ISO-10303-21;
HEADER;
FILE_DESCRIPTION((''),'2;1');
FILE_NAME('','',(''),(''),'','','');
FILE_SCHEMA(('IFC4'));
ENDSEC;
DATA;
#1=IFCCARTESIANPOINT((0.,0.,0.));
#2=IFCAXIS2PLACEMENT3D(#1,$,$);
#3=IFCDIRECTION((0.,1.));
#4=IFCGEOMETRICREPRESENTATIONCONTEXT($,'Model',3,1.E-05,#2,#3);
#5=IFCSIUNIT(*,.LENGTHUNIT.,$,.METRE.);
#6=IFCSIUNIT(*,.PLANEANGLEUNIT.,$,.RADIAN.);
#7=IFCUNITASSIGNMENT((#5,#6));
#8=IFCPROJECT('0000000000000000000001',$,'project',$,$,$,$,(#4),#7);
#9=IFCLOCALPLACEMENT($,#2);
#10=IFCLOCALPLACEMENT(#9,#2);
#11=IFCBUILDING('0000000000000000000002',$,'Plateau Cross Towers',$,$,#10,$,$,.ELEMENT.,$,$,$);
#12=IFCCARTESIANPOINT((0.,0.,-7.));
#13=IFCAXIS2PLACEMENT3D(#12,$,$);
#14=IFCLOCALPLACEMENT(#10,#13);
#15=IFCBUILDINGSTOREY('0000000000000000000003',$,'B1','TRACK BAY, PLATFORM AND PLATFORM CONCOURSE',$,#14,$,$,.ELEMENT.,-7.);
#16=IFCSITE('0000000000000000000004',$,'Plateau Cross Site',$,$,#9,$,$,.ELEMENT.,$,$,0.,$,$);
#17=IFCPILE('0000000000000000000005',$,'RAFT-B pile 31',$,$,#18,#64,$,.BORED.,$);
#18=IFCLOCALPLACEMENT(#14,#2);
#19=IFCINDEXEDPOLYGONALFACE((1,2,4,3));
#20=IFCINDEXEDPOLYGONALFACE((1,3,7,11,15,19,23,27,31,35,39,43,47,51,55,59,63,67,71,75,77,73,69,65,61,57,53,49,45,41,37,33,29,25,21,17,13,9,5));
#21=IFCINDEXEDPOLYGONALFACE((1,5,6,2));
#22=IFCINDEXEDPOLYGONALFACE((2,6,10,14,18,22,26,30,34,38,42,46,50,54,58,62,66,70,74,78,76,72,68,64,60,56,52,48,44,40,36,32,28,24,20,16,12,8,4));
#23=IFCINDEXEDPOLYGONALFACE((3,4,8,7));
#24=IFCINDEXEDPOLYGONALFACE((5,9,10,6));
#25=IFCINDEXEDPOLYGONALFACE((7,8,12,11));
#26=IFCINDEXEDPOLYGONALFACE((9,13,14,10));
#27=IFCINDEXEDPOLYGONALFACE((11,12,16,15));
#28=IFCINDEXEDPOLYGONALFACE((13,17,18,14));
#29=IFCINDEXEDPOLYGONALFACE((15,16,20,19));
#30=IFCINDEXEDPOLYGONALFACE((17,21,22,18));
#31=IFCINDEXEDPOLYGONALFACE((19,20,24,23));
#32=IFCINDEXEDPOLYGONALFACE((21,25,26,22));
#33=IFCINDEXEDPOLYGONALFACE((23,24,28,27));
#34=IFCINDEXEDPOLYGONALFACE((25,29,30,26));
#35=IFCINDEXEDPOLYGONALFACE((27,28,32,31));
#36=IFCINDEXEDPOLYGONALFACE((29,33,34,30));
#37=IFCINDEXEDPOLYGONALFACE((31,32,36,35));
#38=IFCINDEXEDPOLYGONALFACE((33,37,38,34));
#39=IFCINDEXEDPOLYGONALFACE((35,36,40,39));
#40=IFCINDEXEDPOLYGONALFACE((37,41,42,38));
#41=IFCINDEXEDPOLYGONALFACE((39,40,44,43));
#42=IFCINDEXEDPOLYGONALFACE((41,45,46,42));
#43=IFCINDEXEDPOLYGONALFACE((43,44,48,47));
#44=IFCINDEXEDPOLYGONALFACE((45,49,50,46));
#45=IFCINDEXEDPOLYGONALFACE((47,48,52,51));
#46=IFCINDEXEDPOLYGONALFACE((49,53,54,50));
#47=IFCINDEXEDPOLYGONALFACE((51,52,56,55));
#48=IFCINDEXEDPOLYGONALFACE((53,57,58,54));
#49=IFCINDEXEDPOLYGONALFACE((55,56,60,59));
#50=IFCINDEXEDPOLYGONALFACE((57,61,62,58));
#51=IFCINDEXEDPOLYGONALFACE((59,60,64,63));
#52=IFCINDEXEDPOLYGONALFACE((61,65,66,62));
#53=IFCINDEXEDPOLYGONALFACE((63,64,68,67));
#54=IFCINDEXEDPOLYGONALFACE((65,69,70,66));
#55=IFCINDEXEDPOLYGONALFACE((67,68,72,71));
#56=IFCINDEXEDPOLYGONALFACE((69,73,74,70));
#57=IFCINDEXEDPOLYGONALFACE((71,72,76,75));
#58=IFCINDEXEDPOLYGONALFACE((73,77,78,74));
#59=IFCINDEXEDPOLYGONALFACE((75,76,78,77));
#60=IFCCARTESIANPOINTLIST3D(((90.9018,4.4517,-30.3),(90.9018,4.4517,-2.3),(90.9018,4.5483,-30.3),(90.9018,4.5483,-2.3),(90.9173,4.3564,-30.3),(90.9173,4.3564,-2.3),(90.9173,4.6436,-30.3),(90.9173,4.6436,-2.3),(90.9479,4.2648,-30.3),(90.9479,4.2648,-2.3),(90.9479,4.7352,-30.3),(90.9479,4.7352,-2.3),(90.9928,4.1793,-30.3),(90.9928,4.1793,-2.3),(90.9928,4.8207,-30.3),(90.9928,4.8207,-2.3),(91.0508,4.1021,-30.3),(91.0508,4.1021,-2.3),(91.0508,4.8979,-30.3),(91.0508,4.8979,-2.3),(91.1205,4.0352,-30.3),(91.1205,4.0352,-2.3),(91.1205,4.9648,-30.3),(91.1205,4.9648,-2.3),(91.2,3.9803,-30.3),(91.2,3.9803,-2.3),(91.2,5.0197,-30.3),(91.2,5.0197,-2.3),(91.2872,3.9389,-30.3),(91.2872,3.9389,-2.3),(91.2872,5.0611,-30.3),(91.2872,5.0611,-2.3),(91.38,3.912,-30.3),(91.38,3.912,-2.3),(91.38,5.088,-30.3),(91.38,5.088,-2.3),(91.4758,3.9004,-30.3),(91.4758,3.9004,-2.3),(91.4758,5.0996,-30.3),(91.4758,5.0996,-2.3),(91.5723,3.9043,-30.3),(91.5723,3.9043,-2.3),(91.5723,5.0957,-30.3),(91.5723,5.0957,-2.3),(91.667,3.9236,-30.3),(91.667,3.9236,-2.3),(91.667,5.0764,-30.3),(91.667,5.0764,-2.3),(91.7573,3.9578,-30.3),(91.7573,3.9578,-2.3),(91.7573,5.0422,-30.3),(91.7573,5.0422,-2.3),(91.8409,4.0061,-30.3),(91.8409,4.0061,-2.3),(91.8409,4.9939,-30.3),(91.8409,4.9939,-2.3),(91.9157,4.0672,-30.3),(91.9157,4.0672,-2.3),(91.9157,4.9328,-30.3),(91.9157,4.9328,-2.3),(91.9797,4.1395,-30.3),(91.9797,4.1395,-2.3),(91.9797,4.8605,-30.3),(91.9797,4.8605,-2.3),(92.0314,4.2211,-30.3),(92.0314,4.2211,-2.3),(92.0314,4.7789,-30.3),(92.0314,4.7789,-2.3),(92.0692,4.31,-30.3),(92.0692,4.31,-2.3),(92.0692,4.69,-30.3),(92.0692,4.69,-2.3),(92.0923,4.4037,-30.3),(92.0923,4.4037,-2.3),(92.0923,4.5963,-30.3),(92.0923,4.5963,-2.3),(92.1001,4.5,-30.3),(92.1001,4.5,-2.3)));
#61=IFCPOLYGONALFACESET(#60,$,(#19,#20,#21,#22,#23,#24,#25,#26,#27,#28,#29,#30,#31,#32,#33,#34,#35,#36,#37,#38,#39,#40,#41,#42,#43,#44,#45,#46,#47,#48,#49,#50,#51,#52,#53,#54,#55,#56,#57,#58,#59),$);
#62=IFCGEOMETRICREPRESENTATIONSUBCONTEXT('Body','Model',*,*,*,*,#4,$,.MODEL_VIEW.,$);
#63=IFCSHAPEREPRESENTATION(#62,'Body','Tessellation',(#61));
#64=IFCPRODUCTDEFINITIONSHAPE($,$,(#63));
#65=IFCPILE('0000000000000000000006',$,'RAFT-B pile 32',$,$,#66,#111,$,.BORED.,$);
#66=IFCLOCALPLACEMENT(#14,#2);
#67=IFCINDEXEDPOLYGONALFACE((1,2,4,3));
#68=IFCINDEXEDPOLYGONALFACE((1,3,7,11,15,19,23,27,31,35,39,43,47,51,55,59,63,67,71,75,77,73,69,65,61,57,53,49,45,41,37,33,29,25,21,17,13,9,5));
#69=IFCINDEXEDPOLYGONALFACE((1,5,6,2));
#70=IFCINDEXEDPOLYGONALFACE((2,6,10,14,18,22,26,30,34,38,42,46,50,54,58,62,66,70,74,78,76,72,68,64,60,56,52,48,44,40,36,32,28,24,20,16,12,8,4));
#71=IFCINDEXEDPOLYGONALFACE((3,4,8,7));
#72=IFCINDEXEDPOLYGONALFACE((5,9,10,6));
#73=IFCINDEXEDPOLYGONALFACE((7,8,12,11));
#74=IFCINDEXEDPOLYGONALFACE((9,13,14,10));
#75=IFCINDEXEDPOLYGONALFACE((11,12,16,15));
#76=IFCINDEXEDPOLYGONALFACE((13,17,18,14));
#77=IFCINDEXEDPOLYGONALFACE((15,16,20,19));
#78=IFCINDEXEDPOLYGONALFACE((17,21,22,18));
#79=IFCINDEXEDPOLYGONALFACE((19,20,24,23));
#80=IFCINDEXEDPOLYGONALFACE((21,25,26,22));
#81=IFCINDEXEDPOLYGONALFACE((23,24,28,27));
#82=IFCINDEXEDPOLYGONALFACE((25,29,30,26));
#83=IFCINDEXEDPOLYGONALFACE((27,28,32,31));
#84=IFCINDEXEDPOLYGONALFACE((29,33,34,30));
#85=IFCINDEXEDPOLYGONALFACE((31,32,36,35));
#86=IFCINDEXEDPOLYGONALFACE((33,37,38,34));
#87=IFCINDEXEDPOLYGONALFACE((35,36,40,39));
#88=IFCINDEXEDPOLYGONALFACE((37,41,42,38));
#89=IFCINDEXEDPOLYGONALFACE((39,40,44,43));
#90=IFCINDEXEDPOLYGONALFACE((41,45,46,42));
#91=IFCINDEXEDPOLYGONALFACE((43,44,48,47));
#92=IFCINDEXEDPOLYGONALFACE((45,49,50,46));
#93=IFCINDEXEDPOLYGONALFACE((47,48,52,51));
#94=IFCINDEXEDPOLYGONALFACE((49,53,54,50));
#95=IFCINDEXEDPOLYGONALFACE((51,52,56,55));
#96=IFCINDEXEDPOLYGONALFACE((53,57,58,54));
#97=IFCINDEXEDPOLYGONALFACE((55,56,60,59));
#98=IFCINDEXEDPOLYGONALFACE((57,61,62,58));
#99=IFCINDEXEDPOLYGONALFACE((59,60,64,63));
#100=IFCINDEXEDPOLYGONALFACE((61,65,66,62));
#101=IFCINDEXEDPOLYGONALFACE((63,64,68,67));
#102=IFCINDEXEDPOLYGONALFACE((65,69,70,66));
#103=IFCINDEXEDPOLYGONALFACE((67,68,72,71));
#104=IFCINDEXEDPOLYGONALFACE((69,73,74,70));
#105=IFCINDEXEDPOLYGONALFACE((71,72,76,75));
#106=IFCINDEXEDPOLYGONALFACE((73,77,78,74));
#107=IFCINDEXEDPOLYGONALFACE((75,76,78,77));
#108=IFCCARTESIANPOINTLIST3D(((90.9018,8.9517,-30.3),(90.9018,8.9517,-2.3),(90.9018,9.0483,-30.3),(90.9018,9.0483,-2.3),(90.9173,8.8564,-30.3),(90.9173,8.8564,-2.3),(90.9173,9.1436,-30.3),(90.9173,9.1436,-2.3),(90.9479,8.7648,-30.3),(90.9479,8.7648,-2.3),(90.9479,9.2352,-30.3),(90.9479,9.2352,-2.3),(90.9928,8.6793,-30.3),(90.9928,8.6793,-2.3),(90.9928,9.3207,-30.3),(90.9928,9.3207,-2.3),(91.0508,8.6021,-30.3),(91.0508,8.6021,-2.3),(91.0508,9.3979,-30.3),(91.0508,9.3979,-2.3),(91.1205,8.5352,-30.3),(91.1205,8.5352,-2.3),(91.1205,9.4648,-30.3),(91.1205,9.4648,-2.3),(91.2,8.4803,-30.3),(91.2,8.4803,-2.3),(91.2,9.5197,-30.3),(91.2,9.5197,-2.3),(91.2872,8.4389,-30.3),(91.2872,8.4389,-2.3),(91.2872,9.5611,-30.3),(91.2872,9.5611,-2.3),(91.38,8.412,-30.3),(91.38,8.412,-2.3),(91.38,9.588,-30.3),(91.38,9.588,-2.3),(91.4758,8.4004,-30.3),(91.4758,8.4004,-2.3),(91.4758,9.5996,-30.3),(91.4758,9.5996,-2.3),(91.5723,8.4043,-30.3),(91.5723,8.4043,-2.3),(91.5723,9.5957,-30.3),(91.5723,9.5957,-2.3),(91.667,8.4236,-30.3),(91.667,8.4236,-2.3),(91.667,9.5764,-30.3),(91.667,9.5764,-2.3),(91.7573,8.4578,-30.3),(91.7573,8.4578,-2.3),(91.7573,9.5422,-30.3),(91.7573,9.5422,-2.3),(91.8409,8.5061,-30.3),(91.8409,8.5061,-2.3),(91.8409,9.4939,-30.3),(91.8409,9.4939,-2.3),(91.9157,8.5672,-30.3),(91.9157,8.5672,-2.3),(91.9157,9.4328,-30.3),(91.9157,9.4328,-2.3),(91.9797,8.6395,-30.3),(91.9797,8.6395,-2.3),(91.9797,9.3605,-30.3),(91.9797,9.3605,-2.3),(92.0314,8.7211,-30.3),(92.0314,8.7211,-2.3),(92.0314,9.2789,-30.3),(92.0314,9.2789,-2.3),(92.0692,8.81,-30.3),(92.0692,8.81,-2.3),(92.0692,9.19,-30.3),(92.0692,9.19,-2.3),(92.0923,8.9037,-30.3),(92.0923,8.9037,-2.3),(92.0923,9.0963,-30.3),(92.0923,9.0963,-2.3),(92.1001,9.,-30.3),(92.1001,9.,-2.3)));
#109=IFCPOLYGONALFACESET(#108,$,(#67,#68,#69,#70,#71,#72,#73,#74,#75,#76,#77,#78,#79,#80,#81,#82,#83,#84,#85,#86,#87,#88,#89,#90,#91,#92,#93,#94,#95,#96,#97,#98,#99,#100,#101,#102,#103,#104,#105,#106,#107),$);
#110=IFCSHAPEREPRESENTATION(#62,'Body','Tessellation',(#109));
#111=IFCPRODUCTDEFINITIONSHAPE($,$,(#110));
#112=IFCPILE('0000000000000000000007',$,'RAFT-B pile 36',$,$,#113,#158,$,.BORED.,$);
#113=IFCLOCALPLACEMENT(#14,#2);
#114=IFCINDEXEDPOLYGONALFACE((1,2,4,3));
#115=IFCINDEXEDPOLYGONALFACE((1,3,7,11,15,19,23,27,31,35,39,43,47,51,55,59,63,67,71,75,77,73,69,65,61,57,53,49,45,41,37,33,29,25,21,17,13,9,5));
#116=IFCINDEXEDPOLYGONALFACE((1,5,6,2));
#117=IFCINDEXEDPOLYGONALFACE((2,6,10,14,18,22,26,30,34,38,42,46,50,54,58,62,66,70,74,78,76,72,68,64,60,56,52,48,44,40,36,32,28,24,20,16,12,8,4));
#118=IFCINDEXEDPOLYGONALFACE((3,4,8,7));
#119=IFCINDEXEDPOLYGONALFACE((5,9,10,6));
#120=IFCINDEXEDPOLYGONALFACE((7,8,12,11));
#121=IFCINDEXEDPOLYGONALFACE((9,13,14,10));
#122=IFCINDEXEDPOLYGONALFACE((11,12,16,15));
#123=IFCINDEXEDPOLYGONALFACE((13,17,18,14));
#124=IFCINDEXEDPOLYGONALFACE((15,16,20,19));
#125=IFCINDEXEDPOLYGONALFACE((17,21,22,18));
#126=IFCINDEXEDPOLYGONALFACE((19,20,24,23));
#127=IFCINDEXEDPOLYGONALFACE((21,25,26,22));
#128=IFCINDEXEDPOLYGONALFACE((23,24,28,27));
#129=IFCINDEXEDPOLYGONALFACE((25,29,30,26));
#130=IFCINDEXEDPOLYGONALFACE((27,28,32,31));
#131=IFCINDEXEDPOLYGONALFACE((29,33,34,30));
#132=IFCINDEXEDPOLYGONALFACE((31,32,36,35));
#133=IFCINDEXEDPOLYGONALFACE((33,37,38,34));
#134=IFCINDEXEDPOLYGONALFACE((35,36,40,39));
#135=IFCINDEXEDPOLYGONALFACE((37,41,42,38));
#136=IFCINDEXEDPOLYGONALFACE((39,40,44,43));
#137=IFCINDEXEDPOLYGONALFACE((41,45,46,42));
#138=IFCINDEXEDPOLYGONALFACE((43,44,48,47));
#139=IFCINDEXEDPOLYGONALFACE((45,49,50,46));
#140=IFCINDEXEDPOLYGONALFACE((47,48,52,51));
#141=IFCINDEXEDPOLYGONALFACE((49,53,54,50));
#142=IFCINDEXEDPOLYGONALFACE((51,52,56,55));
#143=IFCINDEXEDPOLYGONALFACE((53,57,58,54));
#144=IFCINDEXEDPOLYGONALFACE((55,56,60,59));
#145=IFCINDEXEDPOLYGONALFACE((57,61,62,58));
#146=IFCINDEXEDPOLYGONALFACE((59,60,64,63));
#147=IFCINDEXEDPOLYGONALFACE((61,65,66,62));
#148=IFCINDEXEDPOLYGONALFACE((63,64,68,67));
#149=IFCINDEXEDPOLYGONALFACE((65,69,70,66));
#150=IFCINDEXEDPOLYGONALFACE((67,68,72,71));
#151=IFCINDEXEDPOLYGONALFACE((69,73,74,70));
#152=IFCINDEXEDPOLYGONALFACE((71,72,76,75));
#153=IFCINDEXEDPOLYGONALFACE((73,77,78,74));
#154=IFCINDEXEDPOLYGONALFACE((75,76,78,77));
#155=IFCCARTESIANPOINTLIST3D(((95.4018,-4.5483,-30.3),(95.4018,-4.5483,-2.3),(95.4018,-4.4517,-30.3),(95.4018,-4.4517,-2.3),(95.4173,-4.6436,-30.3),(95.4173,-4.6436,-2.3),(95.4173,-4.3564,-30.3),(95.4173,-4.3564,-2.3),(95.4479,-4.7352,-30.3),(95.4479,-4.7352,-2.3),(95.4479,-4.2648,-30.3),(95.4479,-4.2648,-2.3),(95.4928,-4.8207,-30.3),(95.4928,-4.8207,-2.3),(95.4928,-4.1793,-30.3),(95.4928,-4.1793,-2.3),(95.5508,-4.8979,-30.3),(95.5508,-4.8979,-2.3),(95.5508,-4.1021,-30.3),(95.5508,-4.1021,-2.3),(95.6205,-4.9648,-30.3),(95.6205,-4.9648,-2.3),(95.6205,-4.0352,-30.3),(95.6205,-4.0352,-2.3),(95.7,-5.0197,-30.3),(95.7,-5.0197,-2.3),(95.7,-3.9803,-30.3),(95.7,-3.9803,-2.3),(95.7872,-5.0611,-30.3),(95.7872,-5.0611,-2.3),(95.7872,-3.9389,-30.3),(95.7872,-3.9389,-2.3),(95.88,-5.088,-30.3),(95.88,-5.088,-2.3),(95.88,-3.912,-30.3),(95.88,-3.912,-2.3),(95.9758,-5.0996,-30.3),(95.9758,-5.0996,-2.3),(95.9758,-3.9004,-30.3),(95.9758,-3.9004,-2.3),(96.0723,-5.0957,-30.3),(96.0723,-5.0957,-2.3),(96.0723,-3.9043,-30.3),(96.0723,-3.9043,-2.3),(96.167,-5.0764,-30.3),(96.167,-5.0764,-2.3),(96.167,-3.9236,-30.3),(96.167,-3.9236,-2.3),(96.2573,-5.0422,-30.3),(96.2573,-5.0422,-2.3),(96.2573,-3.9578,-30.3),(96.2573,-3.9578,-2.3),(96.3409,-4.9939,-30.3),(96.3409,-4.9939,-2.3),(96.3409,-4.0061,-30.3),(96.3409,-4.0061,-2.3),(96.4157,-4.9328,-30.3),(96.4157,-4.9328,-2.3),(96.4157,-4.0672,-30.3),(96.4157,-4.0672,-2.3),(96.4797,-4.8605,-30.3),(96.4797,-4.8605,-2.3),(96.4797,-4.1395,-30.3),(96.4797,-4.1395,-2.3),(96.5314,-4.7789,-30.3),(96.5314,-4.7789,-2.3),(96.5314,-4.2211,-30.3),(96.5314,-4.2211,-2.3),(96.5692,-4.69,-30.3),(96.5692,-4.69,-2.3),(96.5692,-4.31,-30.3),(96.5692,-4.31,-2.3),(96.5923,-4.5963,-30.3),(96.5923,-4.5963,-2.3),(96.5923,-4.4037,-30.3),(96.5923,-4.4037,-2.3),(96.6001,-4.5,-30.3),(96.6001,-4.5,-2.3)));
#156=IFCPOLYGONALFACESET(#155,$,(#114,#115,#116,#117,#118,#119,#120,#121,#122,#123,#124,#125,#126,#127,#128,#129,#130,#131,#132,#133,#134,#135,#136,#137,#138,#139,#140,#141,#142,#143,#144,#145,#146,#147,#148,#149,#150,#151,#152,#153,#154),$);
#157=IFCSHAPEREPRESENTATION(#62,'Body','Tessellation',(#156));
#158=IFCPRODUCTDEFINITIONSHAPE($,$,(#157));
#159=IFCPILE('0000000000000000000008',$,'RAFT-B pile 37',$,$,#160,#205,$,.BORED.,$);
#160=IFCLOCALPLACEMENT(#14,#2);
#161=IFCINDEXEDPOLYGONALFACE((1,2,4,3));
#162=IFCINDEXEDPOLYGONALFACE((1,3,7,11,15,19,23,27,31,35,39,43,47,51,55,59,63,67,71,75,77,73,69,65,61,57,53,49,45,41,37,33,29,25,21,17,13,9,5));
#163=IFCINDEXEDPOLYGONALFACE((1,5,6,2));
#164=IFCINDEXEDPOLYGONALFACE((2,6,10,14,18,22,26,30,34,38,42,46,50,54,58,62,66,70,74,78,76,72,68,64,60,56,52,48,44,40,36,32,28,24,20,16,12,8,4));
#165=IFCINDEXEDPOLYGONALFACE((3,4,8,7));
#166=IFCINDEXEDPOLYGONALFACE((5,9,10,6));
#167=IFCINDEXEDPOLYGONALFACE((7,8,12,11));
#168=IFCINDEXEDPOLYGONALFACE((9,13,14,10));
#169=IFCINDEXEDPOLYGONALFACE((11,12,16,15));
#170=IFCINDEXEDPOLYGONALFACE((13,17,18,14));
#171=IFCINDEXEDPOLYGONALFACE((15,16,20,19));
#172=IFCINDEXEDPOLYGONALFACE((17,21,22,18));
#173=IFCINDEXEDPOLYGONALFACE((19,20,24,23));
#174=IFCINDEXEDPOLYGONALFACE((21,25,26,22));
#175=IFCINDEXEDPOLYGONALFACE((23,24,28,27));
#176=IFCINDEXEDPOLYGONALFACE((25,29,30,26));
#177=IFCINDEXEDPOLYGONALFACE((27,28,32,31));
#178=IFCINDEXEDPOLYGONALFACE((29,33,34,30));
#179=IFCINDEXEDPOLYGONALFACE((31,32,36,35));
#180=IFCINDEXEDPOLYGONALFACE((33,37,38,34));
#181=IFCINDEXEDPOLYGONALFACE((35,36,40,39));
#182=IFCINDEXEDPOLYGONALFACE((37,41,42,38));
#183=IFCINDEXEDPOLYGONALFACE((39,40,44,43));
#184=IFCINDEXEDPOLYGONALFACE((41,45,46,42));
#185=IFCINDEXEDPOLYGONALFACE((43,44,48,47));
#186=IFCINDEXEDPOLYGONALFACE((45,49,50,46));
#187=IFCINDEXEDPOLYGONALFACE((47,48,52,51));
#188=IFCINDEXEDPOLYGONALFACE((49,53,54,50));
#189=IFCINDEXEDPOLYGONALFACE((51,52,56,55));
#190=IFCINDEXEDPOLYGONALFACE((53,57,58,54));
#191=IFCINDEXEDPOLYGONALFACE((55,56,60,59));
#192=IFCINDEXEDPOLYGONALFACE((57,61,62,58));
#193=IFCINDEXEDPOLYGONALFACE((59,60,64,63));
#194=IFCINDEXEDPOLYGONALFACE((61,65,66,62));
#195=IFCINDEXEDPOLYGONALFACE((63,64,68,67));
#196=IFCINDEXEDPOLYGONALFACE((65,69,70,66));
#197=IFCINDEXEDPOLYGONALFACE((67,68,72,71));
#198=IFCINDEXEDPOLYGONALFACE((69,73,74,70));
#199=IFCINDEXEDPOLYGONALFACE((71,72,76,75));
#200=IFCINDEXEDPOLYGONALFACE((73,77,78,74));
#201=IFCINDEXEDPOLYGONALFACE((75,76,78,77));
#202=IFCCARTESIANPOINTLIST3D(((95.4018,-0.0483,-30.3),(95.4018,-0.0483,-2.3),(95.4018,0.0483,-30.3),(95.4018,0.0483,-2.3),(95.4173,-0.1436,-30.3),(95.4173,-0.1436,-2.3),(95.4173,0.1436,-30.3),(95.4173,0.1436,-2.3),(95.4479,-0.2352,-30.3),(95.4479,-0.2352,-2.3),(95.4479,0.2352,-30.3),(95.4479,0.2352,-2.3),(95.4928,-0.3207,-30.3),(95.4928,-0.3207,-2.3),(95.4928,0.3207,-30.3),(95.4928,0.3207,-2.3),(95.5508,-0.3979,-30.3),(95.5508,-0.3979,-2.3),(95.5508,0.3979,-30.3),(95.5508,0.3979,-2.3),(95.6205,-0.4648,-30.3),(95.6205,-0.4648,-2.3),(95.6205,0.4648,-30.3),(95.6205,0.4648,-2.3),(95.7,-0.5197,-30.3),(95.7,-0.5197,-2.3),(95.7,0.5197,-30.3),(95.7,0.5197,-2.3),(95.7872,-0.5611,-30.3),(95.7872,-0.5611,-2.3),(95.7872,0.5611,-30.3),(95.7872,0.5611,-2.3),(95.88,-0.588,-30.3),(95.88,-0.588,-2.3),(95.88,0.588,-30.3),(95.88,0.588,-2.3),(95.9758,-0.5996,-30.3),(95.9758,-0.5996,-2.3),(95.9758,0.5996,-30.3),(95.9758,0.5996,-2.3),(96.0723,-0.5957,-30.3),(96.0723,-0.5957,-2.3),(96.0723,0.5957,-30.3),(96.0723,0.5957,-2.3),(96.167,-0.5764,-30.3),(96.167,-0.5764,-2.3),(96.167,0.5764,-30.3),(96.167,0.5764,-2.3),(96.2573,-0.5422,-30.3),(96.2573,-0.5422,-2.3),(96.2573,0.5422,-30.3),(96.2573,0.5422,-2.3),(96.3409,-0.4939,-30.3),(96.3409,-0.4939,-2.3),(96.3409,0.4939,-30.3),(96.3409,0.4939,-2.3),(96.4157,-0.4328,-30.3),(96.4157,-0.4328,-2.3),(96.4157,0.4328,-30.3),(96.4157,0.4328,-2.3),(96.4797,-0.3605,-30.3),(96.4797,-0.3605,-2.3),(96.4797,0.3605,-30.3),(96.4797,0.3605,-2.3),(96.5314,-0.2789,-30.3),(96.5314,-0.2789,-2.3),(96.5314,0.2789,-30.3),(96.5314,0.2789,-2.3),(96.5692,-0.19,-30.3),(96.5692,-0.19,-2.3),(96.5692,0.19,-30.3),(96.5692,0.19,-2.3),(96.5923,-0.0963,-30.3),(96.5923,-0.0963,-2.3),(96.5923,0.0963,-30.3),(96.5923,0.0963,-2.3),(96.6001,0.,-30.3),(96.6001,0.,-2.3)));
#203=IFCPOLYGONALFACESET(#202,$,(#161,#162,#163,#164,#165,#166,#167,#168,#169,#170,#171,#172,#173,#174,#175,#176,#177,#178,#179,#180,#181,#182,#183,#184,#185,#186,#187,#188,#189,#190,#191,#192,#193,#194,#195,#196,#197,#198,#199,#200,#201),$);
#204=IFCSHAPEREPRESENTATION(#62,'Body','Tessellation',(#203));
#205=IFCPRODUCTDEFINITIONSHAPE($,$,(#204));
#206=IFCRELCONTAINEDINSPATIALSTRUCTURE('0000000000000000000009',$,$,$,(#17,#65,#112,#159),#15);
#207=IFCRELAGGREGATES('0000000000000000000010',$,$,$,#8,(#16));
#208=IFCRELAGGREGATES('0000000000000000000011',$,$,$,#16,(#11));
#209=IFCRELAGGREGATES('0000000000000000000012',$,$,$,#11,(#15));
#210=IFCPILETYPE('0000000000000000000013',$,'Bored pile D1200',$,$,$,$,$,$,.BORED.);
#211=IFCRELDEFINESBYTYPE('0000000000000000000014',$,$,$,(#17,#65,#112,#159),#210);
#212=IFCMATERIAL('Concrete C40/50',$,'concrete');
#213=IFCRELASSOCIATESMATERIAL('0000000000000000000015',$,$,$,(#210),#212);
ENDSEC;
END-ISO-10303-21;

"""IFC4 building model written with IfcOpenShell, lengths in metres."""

from ifc_helpers import new_model, si_unit, direction, frame, origin, origin_2d, place, context, subcontext, project, spatial, circle, extrude, material, material_profile, profile_set, type_object, element, save


model = new_model("IFC4")

# Units and contexts
model_context = context("Model", 3, precision=1e-05, world=origin(), true_north=direction((0.0, 1.0)))
body_context = subcontext(model_context, "Body", "Model", "MODEL_VIEW")
ifc_project = project(units=[si_unit("LENGTHUNIT", "METRE"), si_unit("PLANEANGLEUNIT", "RADIAN")], contexts=[model_context])

# Site, building, storey
site_placement = place(None, origin())
site = spatial("IfcSite", under=ifc_project, at=site_placement, Name="Plateau Cross Site", CompositionType="ELEMENT", RefElevation=0.0)
building_placement = place(site_placement, origin())
building = spatial("IfcBuilding", under=site, at=building_placement, Name="Plateau Cross Towers", CompositionType="ELEMENT")
storey_placement = place(building_placement, frame((0.0, 0.0, -7.0)))
storey = spatial("IfcBuildingStorey", under=building, at=storey_placement, Name="B1", Description="TRACK BAY, PLATFORM AND PLATFORM CONCOURSE", CompositionType="ELEMENT", Elevation=-7.0)

# Piles
ifc_material_1 = material(Name="Concrete C40/50", Category="concrete")
ifc_material_profile_1 = material_profile(ifc_material_1, circle(Radius=0.6001, at=origin_2d()), Name="Bored pile D1200")
ifc_profile_set_1 = profile_set([ifc_material_profile_1], Name="Concrete C40/50")
pile_type = type_object("IfcPileType", Name="Bored pile D1200", PredefinedType="BORED", material=ifc_profile_set_1)
for number, where, z_axis, x_axis, name in (
    (1, (91.5, 4.5, -2.3), (0.0, 0.0, -1.0), (1.0, 0.0, 0.0), "RAFT-B pile 31"),
    (2, (91.5, 9.0, -2.3), (0.0, 0.0, -1.0), (1.0, 0.0, 0.0), "RAFT-B pile 32"),
    (3, (96.0, -4.5, -2.3), (0.0, 0.0, -1.0), (1.0, 0.0, 0.0), "RAFT-B pile 36"),
    (4, (96.0, 0.0, -2.3), (0.0, 0.0, -1.0), (1.0, 0.0, 0.0), "RAFT-B pile 37"),
):
    element("IfcPile", number, at=place(storey_placement, frame(where, z_axis=z_axis, x_axis=x_axis)), inside=storey, type_object=pile_type, Name=name, PredefinedType="BORED", context=body_context, shape_type="SweptSolid", body=[
        extrude(circle(Radius=0.6001, at=origin_2d()), origin(), (0.0, 0.0, 1.0), 28.0),
    ])

save(model, "model.ifc")
